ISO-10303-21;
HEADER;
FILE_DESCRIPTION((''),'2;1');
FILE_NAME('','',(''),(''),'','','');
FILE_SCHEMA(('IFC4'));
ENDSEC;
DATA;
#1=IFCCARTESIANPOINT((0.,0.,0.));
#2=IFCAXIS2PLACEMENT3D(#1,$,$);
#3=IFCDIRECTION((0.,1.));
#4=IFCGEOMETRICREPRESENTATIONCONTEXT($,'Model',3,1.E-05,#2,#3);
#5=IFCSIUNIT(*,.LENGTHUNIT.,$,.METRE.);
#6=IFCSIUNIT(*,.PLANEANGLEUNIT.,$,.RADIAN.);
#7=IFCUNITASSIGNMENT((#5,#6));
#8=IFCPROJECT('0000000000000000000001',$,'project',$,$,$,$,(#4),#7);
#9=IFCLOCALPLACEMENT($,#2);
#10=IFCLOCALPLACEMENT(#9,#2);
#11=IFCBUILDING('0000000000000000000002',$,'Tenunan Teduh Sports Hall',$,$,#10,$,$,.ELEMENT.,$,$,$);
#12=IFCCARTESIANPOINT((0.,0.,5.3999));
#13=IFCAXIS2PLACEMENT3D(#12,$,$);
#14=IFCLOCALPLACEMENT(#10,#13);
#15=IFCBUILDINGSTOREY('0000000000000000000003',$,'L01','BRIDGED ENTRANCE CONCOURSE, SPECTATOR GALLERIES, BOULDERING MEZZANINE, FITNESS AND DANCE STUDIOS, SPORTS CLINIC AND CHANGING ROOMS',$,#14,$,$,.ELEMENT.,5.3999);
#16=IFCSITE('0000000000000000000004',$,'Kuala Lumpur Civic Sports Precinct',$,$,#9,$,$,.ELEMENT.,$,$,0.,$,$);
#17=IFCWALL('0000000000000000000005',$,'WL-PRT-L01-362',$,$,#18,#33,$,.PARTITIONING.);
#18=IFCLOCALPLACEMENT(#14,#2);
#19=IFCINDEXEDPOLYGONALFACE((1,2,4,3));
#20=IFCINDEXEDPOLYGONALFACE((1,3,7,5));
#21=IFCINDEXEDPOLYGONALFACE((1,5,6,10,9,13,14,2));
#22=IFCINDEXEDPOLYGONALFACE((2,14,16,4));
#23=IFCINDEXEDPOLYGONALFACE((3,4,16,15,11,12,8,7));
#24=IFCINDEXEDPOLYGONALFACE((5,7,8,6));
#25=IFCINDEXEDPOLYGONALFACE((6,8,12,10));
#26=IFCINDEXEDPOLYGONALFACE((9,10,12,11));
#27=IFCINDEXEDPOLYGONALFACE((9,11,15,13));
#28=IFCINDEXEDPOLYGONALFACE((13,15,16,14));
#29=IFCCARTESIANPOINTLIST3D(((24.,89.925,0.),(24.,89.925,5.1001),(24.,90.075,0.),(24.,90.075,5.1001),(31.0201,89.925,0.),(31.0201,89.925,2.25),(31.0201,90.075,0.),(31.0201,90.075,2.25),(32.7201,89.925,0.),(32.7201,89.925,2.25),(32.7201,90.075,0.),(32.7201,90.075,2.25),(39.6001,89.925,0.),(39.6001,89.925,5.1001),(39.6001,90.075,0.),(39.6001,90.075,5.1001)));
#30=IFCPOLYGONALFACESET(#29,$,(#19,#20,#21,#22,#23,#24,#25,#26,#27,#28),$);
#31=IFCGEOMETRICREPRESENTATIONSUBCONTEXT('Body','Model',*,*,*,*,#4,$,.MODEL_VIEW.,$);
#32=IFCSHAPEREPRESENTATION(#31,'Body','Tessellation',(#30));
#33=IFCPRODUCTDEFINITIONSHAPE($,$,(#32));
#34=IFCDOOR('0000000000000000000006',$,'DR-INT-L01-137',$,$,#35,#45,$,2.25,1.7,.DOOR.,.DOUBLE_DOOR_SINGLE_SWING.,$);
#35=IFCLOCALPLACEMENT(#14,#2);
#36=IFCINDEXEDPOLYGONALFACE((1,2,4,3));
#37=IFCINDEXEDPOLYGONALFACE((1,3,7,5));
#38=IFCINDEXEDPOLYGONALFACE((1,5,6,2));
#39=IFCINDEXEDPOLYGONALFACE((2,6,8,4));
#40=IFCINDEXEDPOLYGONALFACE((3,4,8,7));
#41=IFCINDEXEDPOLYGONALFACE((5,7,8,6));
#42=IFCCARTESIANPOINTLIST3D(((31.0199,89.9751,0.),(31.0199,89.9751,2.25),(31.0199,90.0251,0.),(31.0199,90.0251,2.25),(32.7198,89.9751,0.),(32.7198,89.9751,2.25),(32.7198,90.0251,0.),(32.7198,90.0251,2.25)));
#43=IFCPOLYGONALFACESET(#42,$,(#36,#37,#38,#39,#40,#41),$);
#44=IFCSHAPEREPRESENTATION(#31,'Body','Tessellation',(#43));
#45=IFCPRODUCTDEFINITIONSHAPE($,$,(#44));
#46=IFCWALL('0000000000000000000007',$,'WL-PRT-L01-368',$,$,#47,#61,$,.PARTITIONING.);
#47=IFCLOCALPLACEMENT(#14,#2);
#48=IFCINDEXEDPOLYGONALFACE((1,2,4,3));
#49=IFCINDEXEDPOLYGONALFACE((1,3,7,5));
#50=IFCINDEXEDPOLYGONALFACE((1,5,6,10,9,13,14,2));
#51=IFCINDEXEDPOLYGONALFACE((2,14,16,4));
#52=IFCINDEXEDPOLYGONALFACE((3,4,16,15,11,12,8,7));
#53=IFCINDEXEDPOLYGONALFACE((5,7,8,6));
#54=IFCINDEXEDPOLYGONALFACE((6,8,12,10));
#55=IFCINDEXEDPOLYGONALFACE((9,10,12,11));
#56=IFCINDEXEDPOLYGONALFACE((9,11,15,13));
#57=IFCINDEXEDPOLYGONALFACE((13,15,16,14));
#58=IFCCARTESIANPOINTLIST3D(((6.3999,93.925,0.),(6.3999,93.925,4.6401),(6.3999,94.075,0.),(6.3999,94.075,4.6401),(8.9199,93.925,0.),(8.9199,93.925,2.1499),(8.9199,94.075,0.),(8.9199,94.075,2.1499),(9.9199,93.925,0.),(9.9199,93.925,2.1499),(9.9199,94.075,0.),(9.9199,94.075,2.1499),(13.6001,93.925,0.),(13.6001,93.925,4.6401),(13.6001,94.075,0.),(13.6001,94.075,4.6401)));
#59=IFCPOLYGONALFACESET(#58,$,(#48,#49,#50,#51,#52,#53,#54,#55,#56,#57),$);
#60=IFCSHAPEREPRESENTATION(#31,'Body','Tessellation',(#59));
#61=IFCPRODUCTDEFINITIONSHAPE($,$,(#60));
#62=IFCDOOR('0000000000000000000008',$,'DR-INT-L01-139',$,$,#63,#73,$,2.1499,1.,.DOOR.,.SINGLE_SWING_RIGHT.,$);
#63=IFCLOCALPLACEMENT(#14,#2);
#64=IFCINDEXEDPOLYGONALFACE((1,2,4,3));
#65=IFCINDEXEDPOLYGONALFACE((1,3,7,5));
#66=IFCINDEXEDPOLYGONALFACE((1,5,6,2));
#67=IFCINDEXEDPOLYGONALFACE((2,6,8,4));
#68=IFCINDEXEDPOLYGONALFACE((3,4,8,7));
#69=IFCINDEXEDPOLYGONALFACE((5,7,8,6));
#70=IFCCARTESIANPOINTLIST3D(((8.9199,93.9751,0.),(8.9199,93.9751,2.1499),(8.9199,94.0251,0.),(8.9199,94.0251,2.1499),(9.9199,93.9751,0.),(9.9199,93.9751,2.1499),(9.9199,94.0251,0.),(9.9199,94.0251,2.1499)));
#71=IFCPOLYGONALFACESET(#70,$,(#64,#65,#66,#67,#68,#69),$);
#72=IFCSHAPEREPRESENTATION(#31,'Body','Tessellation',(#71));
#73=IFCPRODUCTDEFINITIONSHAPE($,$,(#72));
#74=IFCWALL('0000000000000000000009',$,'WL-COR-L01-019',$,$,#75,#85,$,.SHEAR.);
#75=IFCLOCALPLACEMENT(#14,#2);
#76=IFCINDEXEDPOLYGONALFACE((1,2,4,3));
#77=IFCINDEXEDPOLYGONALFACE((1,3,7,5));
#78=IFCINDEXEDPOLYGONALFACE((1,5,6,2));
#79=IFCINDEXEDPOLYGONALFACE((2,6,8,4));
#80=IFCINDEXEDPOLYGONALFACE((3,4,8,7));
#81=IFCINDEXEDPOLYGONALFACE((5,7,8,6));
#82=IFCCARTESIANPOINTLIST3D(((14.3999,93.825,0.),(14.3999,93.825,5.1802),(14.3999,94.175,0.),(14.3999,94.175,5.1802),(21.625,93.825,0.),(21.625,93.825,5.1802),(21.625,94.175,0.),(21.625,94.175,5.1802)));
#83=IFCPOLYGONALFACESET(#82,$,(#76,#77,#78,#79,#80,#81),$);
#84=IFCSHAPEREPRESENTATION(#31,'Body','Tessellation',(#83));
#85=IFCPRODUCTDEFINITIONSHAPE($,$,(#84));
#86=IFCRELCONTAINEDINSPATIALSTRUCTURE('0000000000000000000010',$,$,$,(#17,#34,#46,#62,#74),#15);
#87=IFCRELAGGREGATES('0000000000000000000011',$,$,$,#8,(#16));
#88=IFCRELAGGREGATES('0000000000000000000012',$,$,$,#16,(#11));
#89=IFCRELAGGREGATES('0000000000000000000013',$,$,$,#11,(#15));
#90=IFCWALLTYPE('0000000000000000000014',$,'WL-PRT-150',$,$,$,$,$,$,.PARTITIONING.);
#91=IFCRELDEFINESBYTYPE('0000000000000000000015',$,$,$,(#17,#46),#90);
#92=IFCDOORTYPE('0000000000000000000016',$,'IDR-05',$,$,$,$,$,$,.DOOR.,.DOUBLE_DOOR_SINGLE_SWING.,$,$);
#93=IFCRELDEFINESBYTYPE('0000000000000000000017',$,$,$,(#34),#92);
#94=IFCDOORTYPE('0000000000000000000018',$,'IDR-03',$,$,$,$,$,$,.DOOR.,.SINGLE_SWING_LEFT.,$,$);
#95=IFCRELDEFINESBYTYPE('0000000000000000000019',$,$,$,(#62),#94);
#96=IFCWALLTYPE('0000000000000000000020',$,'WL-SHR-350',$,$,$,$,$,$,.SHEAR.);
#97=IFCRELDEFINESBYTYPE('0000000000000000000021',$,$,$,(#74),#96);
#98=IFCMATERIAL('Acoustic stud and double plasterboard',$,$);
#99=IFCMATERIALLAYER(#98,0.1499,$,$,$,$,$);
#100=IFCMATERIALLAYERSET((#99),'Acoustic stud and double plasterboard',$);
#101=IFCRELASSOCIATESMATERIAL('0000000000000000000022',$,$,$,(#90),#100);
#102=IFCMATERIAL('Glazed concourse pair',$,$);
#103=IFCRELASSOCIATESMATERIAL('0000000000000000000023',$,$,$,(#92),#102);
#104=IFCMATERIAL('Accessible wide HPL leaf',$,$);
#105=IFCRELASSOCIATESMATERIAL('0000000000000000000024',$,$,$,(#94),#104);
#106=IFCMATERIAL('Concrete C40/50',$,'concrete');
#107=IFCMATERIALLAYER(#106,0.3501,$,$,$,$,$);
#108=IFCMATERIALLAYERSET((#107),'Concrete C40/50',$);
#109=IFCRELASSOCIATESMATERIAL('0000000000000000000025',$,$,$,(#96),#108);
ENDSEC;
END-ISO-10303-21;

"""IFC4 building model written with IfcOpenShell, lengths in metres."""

from ifc_helpers import new_model, si_unit, direction, frame, frame_2d, origin, place, context, subcontext, project, spatial, rectangle, extrude, material, layer, layer_set, type_object, element, fill, save


model = new_model("IFC4")

# Units and contexts
model_context = context("Model", 3, precision=1e-05, world=origin(), true_north=direction((0.0, 1.0)))
body_context = subcontext(model_context, "Body", "Model", "MODEL_VIEW")
ifc_project = project(units=[si_unit("LENGTHUNIT", "METRE"), si_unit("PLANEANGLEUNIT", "RADIAN")], contexts=[model_context])

# Site, building, storey
site_placement = place(None, origin())
site = spatial("IfcSite", under=ifc_project, at=site_placement, Name="Kuala Lumpur Civic Sports Precinct", CompositionType="ELEMENT", RefElevation=0.0)
building_placement = place(site_placement, origin())
building = spatial("IfcBuilding", under=site, at=building_placement, Name="Tenunan Teduh Sports Hall", CompositionType="ELEMENT")
storey_placement = place(building_placement, frame((0.0, 0.0, 5.3999)))
storey = spatial("IfcBuildingStorey", under=building, at=storey_placement, Name="L01", Description="BRIDGED ENTRANCE CONCOURSE, SPECTATOR GALLERIES, BOULDERING MEZZANINE, FITNESS AND DANCE STUDIOS, SPORTS CLINIC AND CHANGING ROOMS", CompositionType="ELEMENT", Elevation=5.3999)

# Walls, openings, doors
ifc_material_1 = material(Name="Acoustic stud and double plasterboard")
ifc_layer_1 = layer(ifc_material_1, 0.1499)
ifc_layer_set_1 = layer_set([ifc_layer_1], Name="Acoustic stud and double plasterboard")
wall_type_1 = type_object("IfcWallType", Name="WL-PRT-150", PredefinedType="PARTITIONING", material=ifc_layer_set_1)
wall_1_placement = place(storey_placement, frame((24.0, 90.0, 0.0), z_axis=(0.0, 0.0, 1.0), x_axis=(1.0, 0.0, 0.0)))
wall_1 = element("IfcWall", 1, at=wall_1_placement, inside=storey, type_object=wall_type_1, Name="WL-PRT-L01-362", PredefinedType="PARTITIONING", context=body_context, shape_type="SweptSolid", body=[
    extrude(rectangle(XDim=15.6001, YDim=0.1499, at=frame_2d((7.8, 0.0))), origin(), (0.0, 0.0, 1.0), 5.1001),
])
opening_1_placement = place(wall_1_placement, frame((7.02, 0.0, 0.0)))
opening_1 = element("IfcOpeningElement", 2, at=opening_1_placement, cuts=wall_1, PredefinedType="OPENING", context=body_context, shape_type="SweptSolid", body=[
    extrude(rectangle(XDim=1.7, YDim=2.25, at=frame_2d((0.8501, 1.125))), frame((0.0, 0.085, 0.0), z_axis=(0.0, -1.0, 0.0), x_axis=(1.0, 0.0, 0.0)), (0.0, 0.0, 1.0), 0.1699),
])
ifc_material_2 = material(Name="Glazed concourse pair")
door_type_1 = type_object("IfcDoorType", Name="IDR-05", OperationType="DOUBLE_DOOR_SINGLE_SWING", PredefinedType="DOOR", material=ifc_material_2)
door_1_placement = place(opening_1_placement, frame((1.7, 0.0, 0.0), z_axis=(0.0, 0.0, 1.0), x_axis=(-1.0, 0.0, 0.0)))
door_1 = element("IfcDoor", 3, at=door_1_placement, inside=storey, type_object=door_type_1, Name="DR-INT-L01-137", OperationType="DOUBLE_DOOR_SINGLE_SWING", OverallHeight=2.25, OverallWidth=1.7, PredefinedType="DOOR", context=body_context, shape_type="SweptSolid", body=[
    extrude(rectangle(XDim=1.7, YDim=2.25, at=frame_2d((0.8501, 1.125))), frame((0.0, 0.0249, 0.0), z_axis=(0.0, -1.0, 0.0), x_axis=(1.0, 0.0, 0.0)), (0.0, 0.0, 1.0), 0.05),
])
fill(opening_1, door_1)
wall_2_placement = place(storey_placement, frame((6.3999, 94.0, 0.0), z_axis=(0.0, 0.0, 1.0), x_axis=(1.0, 0.0, 0.0)))
wall_2 = element("IfcWall", 4, at=wall_2_placement, inside=storey, type_object=wall_type_1, Name="WL-PRT-L01-368", PredefinedType="PARTITIONING", context=body_context, shape_type="SweptSolid", body=[
    extrude(rectangle(XDim=7.2002, YDim=0.1499, at=frame_2d((3.6001, 0.0))), origin(), (0.0, 0.0, 1.0), 4.6401),
])
opening_2_placement = place(wall_2_placement, frame((2.52, 0.0, 0.0)))
opening_2 = element("IfcOpeningElement", 5, at=opening_2_placement, cuts=wall_2, PredefinedType="OPENING", context=body_context, shape_type="SweptSolid", body=[
    extrude(rectangle(XDim=1.0, YDim=2.1499, at=frame_2d((0.5, 1.075))), frame((0.0, 0.085, 0.0), z_axis=(0.0, -1.0, 0.0), x_axis=(1.0, 0.0, 0.0)), (0.0, 0.0, 1.0), 0.1699),
])
ifc_material_3 = material(Name="Accessible wide HPL leaf")
door_type_2 = type_object("IfcDoorType", Name="IDR-03", OperationType="SINGLE_SWING_LEFT", PredefinedType="DOOR", material=ifc_material_3)
door_2_placement = place(opening_2_placement, frame((1.0, 0.0, 0.0), z_axis=(0.0, 0.0, 1.0), x_axis=(-1.0, 0.0, 0.0)))
door_2 = element("IfcDoor", 6, at=door_2_placement, inside=storey, type_object=door_type_2, Name="DR-INT-L01-139", OperationType="SINGLE_SWING_RIGHT", OverallHeight=2.1499, OverallWidth=1.0, PredefinedType="DOOR", context=body_context, shape_type="SweptSolid", body=[
    extrude(rectangle(XDim=1.0, YDim=2.1499, at=frame_2d((0.5, 1.075))), frame((0.0, 0.0249, 0.0), z_axis=(0.0, -1.0, 0.0), x_axis=(1.0, 0.0, 0.0)), (0.0, 0.0, 1.0), 0.05),
])
fill(opening_2, door_2)

# Wall
ifc_material_4 = material(Name="Concrete C40/50", Category="concrete")
ifc_layer_2 = layer(ifc_material_4, 0.3501)
ifc_layer_set_2 = layer_set([ifc_layer_2], Name="Concrete C40/50")
wall_type_2 = type_object("IfcWallType", Name="WL-SHR-350", PredefinedType="SHEAR", material=ifc_layer_set_2)
wall_3_placement = place(storey_placement, frame((14.3999, 94.0, 0.0), z_axis=(0.0, 0.0, 1.0), x_axis=(1.0, 0.0, 0.0)))
element("IfcWall", 7, at=wall_3_placement, inside=storey, type_object=wall_type_2, Name="WL-COR-L01-019", PredefinedType="SHEAR", context=body_context, shape_type="SweptSolid", body=[
    extrude(rectangle(XDim=7.2251, YDim=0.3501, at=frame_2d((3.6125, 0.0))), origin(), (0.0, 0.0, 1.0), 5.1802),
])

save(model, "model.ifc")
